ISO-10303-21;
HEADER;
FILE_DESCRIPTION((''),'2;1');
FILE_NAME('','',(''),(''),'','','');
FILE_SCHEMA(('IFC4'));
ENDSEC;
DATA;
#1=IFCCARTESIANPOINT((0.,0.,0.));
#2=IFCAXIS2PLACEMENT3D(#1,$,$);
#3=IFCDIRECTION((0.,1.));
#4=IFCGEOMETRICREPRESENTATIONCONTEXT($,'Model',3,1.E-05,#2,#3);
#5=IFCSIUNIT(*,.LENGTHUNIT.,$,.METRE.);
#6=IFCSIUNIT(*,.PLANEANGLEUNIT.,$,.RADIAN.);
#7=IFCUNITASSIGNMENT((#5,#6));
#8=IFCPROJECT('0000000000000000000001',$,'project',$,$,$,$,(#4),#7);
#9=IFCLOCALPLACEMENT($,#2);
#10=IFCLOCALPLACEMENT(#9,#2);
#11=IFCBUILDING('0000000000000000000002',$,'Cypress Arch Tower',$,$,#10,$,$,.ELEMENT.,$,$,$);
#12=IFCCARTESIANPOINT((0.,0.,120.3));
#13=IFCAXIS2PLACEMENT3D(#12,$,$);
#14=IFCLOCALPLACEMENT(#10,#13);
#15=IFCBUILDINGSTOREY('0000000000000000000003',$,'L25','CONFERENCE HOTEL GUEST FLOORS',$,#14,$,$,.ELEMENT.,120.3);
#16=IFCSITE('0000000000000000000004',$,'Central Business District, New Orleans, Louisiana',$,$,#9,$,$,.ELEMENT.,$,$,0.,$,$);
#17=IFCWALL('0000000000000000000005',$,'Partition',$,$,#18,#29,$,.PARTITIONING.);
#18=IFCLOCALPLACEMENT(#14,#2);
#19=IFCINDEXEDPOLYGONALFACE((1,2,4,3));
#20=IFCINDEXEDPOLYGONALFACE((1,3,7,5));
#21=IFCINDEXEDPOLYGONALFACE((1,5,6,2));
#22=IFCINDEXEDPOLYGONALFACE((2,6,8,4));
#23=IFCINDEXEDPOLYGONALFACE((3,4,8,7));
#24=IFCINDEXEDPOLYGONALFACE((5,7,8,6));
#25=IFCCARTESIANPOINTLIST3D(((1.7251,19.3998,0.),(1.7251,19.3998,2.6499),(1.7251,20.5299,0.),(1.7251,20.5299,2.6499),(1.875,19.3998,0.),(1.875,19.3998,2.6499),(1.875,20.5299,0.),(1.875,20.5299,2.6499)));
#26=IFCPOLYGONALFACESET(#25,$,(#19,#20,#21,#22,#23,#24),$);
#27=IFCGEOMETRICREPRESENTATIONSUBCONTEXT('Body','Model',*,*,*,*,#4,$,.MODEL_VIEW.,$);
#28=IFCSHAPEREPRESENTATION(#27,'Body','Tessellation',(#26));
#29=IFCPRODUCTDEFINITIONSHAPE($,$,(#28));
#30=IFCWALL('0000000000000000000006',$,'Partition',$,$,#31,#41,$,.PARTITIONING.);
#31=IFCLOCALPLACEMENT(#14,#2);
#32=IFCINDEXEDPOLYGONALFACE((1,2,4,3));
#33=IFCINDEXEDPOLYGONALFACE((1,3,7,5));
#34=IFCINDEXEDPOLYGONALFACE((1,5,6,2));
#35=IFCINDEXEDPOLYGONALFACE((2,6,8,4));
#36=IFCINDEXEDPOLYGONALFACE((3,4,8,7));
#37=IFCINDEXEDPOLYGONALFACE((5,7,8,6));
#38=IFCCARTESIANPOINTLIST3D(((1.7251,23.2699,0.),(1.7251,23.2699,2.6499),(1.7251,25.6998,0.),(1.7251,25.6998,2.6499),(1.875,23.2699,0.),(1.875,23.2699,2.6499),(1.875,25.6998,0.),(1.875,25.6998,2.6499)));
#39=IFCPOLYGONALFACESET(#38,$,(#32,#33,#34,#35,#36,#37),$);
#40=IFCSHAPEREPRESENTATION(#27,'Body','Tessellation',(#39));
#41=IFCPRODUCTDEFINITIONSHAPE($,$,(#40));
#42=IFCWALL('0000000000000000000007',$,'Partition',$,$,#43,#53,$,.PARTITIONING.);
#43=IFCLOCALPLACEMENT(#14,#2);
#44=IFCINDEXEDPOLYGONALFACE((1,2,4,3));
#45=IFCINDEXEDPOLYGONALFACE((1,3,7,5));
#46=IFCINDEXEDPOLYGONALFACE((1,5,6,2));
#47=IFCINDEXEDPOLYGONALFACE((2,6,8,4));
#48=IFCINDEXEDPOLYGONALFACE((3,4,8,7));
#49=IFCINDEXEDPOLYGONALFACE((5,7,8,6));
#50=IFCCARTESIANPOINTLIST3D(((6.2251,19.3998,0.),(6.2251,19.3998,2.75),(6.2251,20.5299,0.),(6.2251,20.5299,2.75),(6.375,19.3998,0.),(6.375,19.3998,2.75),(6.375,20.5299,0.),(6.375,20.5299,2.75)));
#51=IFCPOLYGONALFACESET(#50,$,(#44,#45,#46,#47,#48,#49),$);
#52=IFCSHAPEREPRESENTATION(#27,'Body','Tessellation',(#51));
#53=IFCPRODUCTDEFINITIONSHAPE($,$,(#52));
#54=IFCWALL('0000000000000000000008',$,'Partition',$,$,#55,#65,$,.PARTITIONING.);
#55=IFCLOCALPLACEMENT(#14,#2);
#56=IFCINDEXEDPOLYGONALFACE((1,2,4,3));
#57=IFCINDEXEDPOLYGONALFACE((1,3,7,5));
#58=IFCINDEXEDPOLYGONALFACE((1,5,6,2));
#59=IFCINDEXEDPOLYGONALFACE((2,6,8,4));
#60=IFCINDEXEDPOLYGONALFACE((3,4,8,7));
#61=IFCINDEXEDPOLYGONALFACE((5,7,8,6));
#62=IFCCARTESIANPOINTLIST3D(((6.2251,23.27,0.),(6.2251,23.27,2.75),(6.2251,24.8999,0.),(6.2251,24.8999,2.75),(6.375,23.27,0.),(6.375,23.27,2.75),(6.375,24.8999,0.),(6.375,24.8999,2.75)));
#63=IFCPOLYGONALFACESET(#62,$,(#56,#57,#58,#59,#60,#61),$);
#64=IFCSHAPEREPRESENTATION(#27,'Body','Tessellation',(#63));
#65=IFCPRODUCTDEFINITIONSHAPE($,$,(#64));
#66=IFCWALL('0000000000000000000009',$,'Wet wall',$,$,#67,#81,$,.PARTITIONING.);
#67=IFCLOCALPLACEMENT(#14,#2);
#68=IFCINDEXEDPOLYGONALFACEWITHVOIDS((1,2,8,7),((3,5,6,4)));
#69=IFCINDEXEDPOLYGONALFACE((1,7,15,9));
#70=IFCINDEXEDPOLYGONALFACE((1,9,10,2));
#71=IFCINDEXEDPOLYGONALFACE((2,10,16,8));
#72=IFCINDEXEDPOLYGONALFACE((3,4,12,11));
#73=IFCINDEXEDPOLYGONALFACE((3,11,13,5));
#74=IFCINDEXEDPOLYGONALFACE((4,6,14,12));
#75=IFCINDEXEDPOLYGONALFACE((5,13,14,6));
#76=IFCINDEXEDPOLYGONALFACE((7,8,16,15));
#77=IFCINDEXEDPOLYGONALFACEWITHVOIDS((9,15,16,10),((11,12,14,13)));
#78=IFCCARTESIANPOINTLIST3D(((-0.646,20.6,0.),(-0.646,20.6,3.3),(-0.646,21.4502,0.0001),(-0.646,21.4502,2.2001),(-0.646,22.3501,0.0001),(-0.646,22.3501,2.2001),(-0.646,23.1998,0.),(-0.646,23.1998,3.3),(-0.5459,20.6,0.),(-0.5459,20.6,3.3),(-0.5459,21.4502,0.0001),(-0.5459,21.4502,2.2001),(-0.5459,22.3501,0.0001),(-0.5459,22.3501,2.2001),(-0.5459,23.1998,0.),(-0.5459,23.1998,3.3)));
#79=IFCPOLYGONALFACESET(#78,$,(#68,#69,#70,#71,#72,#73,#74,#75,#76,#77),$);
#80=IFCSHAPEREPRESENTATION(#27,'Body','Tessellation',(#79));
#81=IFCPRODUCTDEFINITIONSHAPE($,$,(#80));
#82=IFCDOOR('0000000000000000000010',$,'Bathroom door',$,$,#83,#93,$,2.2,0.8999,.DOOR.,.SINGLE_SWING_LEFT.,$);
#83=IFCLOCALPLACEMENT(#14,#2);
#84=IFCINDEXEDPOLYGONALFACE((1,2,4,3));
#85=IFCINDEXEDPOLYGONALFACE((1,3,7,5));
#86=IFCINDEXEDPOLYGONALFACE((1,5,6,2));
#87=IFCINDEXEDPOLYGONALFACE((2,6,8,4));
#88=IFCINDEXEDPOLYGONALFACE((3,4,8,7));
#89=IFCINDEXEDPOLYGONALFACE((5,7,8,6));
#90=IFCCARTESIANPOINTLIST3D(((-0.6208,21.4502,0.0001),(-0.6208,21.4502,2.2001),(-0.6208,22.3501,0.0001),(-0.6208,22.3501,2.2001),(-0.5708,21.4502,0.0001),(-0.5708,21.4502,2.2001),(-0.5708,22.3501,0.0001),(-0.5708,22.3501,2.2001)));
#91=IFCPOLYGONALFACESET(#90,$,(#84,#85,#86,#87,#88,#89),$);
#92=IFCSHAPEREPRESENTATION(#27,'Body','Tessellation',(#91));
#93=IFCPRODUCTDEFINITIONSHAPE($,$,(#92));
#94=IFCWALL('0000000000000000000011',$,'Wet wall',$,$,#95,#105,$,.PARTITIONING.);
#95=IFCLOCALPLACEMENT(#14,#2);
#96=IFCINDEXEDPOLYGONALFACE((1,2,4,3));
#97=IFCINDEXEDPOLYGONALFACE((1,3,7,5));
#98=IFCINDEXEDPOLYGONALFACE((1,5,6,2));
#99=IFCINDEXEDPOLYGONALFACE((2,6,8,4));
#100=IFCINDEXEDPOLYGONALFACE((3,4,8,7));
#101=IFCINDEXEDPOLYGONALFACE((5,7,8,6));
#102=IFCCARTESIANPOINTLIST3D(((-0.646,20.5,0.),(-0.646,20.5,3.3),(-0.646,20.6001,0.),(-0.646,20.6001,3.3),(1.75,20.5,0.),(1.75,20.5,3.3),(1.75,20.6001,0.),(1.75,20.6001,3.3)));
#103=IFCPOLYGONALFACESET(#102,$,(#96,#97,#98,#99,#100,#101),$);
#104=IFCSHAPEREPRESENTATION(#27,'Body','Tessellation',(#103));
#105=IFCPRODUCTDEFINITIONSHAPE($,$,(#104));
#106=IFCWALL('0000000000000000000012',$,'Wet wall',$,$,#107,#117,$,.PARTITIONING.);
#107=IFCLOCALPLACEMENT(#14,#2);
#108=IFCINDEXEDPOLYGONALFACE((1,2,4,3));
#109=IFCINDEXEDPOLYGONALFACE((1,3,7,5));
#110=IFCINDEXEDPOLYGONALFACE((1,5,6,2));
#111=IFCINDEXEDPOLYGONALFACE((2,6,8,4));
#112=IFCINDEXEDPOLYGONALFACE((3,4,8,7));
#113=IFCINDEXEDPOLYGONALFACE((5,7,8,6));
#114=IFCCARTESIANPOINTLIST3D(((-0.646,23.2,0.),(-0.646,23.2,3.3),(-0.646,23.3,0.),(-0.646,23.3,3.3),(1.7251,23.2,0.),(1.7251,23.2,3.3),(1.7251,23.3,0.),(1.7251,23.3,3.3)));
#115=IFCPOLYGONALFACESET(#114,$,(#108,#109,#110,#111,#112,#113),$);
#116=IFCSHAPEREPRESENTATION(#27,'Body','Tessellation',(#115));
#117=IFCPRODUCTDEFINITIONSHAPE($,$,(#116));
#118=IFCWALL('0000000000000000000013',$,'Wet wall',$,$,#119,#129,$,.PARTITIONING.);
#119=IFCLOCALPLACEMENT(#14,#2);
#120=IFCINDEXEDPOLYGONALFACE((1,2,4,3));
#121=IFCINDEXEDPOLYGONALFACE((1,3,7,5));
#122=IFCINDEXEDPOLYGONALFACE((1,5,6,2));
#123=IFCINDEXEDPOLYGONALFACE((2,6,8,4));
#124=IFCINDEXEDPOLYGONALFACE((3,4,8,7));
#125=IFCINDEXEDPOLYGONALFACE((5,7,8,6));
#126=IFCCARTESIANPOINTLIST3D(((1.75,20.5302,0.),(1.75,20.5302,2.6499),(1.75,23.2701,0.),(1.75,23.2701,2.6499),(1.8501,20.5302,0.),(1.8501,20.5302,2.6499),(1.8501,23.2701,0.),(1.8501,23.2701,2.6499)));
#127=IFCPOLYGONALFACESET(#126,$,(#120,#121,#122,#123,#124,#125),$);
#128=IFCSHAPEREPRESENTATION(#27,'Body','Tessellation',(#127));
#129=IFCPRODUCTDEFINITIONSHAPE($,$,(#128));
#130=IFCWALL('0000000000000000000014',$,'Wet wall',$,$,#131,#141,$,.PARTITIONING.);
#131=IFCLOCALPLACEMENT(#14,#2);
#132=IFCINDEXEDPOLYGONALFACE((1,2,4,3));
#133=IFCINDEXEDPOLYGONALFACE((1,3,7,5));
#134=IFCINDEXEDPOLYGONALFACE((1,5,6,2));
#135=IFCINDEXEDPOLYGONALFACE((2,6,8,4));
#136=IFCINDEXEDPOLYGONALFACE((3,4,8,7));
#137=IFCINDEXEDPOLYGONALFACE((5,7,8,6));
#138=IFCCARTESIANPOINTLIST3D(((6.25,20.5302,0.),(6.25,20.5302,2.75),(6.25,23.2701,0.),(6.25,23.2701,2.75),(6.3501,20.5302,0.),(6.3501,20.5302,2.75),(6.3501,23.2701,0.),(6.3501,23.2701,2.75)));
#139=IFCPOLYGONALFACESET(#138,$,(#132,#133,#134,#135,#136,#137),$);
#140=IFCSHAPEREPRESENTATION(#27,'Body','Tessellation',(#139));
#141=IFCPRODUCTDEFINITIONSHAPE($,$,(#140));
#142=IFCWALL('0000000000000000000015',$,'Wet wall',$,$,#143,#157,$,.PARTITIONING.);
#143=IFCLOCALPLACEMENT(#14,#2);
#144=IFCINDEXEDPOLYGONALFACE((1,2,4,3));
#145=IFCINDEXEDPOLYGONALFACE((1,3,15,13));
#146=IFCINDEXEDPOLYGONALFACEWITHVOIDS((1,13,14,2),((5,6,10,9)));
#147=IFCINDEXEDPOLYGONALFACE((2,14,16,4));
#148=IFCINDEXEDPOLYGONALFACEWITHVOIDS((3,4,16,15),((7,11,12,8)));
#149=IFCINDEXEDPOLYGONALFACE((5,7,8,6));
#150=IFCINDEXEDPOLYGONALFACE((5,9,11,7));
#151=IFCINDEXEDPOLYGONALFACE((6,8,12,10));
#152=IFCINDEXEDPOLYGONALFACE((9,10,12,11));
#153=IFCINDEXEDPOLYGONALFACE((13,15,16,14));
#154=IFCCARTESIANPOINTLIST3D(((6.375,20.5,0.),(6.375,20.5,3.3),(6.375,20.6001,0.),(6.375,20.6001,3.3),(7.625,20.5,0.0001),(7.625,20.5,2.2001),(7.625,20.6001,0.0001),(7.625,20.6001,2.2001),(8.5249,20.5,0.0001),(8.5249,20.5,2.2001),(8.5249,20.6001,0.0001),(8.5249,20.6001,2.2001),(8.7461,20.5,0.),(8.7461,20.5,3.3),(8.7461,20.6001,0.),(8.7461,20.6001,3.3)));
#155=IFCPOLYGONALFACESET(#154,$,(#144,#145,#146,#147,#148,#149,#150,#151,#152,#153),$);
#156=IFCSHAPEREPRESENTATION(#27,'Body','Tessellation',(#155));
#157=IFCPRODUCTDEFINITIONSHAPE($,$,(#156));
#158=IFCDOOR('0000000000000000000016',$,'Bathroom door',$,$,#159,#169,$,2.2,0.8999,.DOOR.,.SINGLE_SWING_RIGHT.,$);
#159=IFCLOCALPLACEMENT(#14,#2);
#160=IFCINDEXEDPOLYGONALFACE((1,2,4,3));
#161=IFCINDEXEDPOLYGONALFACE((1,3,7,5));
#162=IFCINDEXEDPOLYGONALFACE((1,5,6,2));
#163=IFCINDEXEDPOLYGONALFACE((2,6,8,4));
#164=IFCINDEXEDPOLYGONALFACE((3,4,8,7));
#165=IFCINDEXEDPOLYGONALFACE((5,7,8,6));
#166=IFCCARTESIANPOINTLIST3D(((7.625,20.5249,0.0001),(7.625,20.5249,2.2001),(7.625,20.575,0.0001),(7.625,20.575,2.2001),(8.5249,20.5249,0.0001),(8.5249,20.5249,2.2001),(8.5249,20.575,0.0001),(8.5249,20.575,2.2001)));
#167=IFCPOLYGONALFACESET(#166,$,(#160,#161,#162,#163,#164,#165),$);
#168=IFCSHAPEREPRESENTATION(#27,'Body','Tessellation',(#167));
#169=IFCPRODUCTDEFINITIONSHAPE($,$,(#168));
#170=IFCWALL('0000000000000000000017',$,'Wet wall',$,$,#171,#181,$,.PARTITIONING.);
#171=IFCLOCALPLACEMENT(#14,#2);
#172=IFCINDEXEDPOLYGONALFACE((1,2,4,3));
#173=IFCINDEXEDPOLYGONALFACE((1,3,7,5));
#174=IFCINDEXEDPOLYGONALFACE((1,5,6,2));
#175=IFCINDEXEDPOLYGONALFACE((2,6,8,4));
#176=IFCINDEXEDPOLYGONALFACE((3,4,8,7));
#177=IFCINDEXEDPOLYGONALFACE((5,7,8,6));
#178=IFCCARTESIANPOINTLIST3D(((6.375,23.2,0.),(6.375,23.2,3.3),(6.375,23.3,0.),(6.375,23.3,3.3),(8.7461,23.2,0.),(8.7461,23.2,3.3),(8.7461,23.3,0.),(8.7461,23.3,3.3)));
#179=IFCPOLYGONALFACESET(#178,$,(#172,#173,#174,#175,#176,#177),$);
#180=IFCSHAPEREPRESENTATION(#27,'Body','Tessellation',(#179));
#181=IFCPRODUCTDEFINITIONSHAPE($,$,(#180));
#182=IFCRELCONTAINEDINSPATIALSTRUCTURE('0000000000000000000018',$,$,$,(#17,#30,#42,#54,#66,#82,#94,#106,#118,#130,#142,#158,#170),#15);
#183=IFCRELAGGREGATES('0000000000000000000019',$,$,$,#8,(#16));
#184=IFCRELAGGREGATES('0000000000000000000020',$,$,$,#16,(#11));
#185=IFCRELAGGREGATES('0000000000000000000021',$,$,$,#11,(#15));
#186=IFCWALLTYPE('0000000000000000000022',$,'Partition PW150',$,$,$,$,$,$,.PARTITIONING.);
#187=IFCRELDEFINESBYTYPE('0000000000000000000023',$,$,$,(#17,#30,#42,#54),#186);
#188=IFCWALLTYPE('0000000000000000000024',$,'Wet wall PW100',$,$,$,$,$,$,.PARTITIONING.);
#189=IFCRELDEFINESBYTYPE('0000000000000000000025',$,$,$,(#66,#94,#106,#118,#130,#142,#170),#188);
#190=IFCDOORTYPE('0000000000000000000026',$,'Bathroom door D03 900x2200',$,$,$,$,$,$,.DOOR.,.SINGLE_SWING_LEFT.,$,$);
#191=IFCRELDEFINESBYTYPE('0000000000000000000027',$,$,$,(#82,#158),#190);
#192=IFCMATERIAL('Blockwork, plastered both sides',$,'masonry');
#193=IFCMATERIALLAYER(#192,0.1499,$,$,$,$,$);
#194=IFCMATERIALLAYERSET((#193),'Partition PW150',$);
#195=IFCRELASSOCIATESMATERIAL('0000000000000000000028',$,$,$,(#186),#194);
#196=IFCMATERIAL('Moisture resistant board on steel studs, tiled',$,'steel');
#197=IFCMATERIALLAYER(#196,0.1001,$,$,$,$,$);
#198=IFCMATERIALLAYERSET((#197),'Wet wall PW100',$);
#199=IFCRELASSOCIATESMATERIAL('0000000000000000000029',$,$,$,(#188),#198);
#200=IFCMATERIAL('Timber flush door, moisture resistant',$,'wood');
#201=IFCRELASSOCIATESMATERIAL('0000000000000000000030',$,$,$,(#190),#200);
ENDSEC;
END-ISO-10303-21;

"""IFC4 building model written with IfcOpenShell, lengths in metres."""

from ifc_helpers import new_model, si_unit, direction, frame, frame_2d, origin, place, context, subcontext, project, spatial, rectangle, extrude, material, layer, layer_set, type_object, element, fill, save


model = new_model("IFC4")

# Units and contexts
model_context = context("Model", 3, precision=1e-05, world=origin(), true_north=direction((0.0, 1.0)))
body_context = subcontext(model_context, "Body", "Model", "MODEL_VIEW")
ifc_project = project(units=[si_unit("LENGTHUNIT", "METRE"), si_unit("PLANEANGLEUNIT", "RADIAN")], contexts=[model_context])

# Site, building, storey
site_placement = place(None, origin())
site = spatial("IfcSite", under=ifc_project, at=site_placement, Name="Central Business District, New Orleans, Louisiana", CompositionType="ELEMENT", RefElevation=0.0)
building_placement = place(site_placement, origin())
building = spatial("IfcBuilding", under=site, at=building_placement, Name="Cypress Arch Tower", CompositionType="ELEMENT")
storey_placement = place(building_placement, frame((0.0, 0.0, 120.3)))
storey = spatial("IfcBuildingStorey", under=building, at=storey_placement, Name="L25", Description="CONFERENCE HOTEL GUEST FLOORS", CompositionType="ELEMENT", Elevation=120.3)

# Walls
ifc_material_1 = material(Name="Blockwork, plastered both sides", Category="masonry")
ifc_layer_1 = layer(ifc_material_1, 0.1499)
ifc_layer_set_1 = layer_set([ifc_layer_1], Name="Partition PW150")
wall_type_1 = type_object("IfcWallType", Name="Partition PW150", PredefinedType="PARTITIONING", material=ifc_layer_set_1)
wall_1_placement = place(storey_placement, frame((1.8, 19.3999, 0.0), z_axis=(0.0, 0.0, 1.0), x_axis=(0.0, 1.0, 0.0)))
element("IfcWall", 1, at=wall_1_placement, inside=storey, type_object=wall_type_1, Name="Partition", PredefinedType="PARTITIONING", context=body_context, shape_type="SweptSolid", body=[
    extrude(rectangle(XDim=1.1301, YDim=0.1499, at=frame_2d((0.5649, 0.0))), origin(), (0.0, 0.0, 1.0), 2.6499),
])
wall_2_placement = place(storey_placement, frame((1.8, 23.27, 0.0), z_axis=(0.0, 0.0, 1.0), x_axis=(0.0, 1.0, 0.0)))
element("IfcWall", 2, at=wall_2_placement, inside=storey, type_object=wall_type_1, Name="Partition", PredefinedType="PARTITIONING", context=body_context, shape_type="SweptSolid", body=[
    extrude(rectangle(XDim=2.4299, YDim=0.1499, at=frame_2d((1.2148, 0.0))), origin(), (0.0, 0.0, 1.0), 2.6499),
])
wall_3_placement = place(storey_placement, frame((6.3, 19.3999, 0.0), z_axis=(0.0, 0.0, 1.0), x_axis=(0.0, 1.0, 0.0)))
element("IfcWall", 3, at=wall_3_placement, inside=storey, type_object=wall_type_1, Name="Partition", PredefinedType="PARTITIONING", context=body_context, shape_type="SweptSolid", body=[
    extrude(rectangle(XDim=1.1301, YDim=0.1499, at=frame_2d((0.5649, 0.0))), origin(), (0.0, 0.0, 1.0), 2.75),
])
wall_4_placement = place(storey_placement, frame((6.3, 23.27, 0.0), z_axis=(0.0, 0.0, 1.0), x_axis=(0.0, 1.0, 0.0)))
element("IfcWall", 4, at=wall_4_placement, inside=storey, type_object=wall_type_1, Name="Partition", PredefinedType="PARTITIONING", context=body_context, shape_type="SweptSolid", body=[
    extrude(rectangle(XDim=1.6299, YDim=0.1499, at=frame_2d((0.8149, 0.0))), origin(), (0.0, 0.0, 1.0), 2.75),
])

# Wall, opening, door
ifc_material_2 = material(Name="Moisture resistant board on steel studs, tiled", Category="steel")
ifc_layer_2 = layer(ifc_material_2, 0.1001)
ifc_layer_set_2 = layer_set([ifc_layer_2], Name="Wet wall PW100")
wall_type_2 = type_object("IfcWallType", Name="Wet wall PW100", PredefinedType="PARTITIONING", material=ifc_layer_set_2)
wall_5_placement = place(storey_placement, frame((-0.5959, 20.6001, 0.0), z_axis=(0.0, 0.0, 1.0), x_axis=(0.0, 1.0, 0.0)))
wall_5 = element("IfcWall", 5, at=wall_5_placement, inside=storey, type_object=wall_type_2, Name="Wet wall", PredefinedType="PARTITIONING", context=body_context, shape_type="SweptSolid", body=[
    extrude(rectangle(XDim=2.5999, YDim=0.1001, at=frame_2d((1.2998, 0.0))), origin(), (0.0, 0.0, 1.0), 3.3),
])
opening_1_placement = place(wall_5_placement, frame((0.8501, 0.0, 0.0)))
opening_1 = element("IfcOpeningElement", 6, at=opening_1_placement, cuts=wall_5, PredefinedType="OPENING", context=body_context, shape_type="SweptSolid", body=[
    extrude(rectangle(XDim=0.8999, YDim=2.2, at=frame_2d((0.45, 1.1001))), frame((0.0, 0.0601, 0.0), z_axis=(0.0, -1.0, 0.0), x_axis=(1.0, 0.0, 0.0)), (0.0, 0.0, 1.0), 0.1201),
])
ifc_material_3 = material(Name="Timber flush door, moisture resistant", Category="wood")
door_type_1 = type_object("IfcDoorType", Name="Bathroom door D03 900x2200", OperationType="SINGLE_SWING_LEFT", PredefinedType="DOOR", material=ifc_material_3)
door_1_placement = place(opening_1_placement, origin())
door_1 = element("IfcDoor", 7, at=door_1_placement, inside=storey, type_object=door_type_1, Name="Bathroom door", OperationType="SINGLE_SWING_LEFT", OverallHeight=2.2, OverallWidth=0.8999, PredefinedType="DOOR", context=body_context, shape_type="SweptSolid", body=[
    extrude(rectangle(XDim=0.8999, YDim=2.2, at=frame_2d((0.45, 1.1001))), frame((0.0, 0.0249, 0.0), z_axis=(0.0, -1.0, 0.0), x_axis=(1.0, 0.0, 0.0)), (0.0, 0.0, 1.0), 0.05),
])
fill(opening_1, door_1)

# Walls
wall_6_placement = place(storey_placement, frame((-0.646, 20.55, 0.0), z_axis=(0.0, 0.0, 1.0), x_axis=(1.0, 0.0, 0.0)))
element("IfcWall", 8, at=wall_6_placement, inside=storey, type_object=wall_type_2, Name="Wet wall", PredefinedType="PARTITIONING", context=body_context, shape_type="SweptSolid", body=[
    extrude(rectangle(XDim=2.396, YDim=0.1001, at=frame_2d((1.198, 0.0))), origin(), (0.0, 0.0, 1.0), 3.3),
])
wall_7_placement = place(storey_placement, frame((-0.646, 23.25, 0.0), z_axis=(0.0, 0.0, 1.0), x_axis=(1.0, 0.0, 0.0)))
element("IfcWall", 9, at=wall_7_placement, inside=storey, type_object=wall_type_2, Name="Wet wall", PredefinedType="PARTITIONING", context=body_context, shape_type="SweptSolid", body=[
    extrude(rectangle(XDim=2.3711, YDim=0.1001, at=frame_2d((1.1855, 0.0))), origin(), (0.0, 0.0, 1.0), 3.3),
])
wall_8_placement = place(storey_placement, frame((1.8, 20.53, 0.0), z_axis=(0.0, 0.0, 1.0), x_axis=(0.0, 1.0, 0.0)))
element("IfcWall", 10, at=wall_8_placement, inside=storey, type_object=wall_type_2, Name="Wet wall", PredefinedType="PARTITIONING", context=body_context, shape_type="SweptSolid", body=[
    extrude(rectangle(XDim=2.74, YDim=0.1001, at=frame_2d((1.3701, 0.0))), origin(), (0.0, 0.0, 1.0), 2.6499),
])
wall_9_placement = place(storey_placement, frame((6.3, 20.53, 0.0), z_axis=(0.0, 0.0, 1.0), x_axis=(0.0, 1.0, 0.0)))
element("IfcWall", 11, at=wall_9_placement, inside=storey, type_object=wall_type_2, Name="Wet wall", PredefinedType="PARTITIONING", context=body_context, shape_type="SweptSolid", body=[
    extrude(rectangle(XDim=2.74, YDim=0.1001, at=frame_2d((1.3701, 0.0))), origin(), (0.0, 0.0, 1.0), 2.75),
])

# Wall, opening, door
wall_10_placement = place(storey_placement, frame((6.375, 20.55, 0.0), z_axis=(0.0, 0.0, 1.0), x_axis=(1.0, 0.0, 0.0)))
wall_10 = element("IfcWall", 12, at=wall_10_placement, inside=storey, type_object=wall_type_2, Name="Wet wall", PredefinedType="PARTITIONING", context=body_context, shape_type="SweptSolid", body=[
    extrude(rectangle(XDim=2.3711, YDim=0.1001, at=frame_2d((1.1855, 0.0))), origin(), (0.0, 0.0, 1.0), 3.3),
])
opening_2_placement = place(wall_10_placement, frame((1.25, 0.0, 0.0)))
opening_2 = element("IfcOpeningElement", 13, at=opening_2_placement, cuts=wall_10, PredefinedType="OPENING", context=body_context, shape_type="SweptSolid", body=[
    extrude(rectangle(XDim=0.8999, YDim=2.2, at=frame_2d((0.45, 1.1001))), frame((0.0, 0.0601, 0.0), z_axis=(0.0, -1.0, 0.0), x_axis=(1.0, 0.0, 0.0)), (0.0, 0.0, 1.0), 0.1201),
])
door_2_placement = place(opening_2_placement, origin())
door_2 = element("IfcDoor", 14, at=door_2_placement, inside=storey, type_object=door_type_1, Name="Bathroom door", OperationType="SINGLE_SWING_RIGHT", OverallHeight=2.2, OverallWidth=0.8999, PredefinedType="DOOR", context=body_context, shape_type="SweptSolid", body=[
    extrude(rectangle(XDim=0.8999, YDim=2.2, at=frame_2d((0.45, 1.1001))), frame((0.0, 0.0249, 0.0), z_axis=(0.0, -1.0, 0.0), x_axis=(1.0, 0.0, 0.0)), (0.0, 0.0, 1.0), 0.05),
])
fill(opening_2, door_2)

# Wall
wall_11_placement = place(storey_placement, frame((6.375, 23.25, 0.0), z_axis=(0.0, 0.0, 1.0), x_axis=(1.0, 0.0, 0.0)))
element("IfcWall", 15, at=wall_11_placement, inside=storey, type_object=wall_type_2, Name="Wet wall", PredefinedType="PARTITIONING", context=body_context, shape_type="SweptSolid", body=[
    extrude(rectangle(XDim=2.3711, YDim=0.1001, at=frame_2d((1.1855, 0.0))), origin(), (0.0, 0.0, 1.0), 3.3),
])

save(model, "model.ifc")
